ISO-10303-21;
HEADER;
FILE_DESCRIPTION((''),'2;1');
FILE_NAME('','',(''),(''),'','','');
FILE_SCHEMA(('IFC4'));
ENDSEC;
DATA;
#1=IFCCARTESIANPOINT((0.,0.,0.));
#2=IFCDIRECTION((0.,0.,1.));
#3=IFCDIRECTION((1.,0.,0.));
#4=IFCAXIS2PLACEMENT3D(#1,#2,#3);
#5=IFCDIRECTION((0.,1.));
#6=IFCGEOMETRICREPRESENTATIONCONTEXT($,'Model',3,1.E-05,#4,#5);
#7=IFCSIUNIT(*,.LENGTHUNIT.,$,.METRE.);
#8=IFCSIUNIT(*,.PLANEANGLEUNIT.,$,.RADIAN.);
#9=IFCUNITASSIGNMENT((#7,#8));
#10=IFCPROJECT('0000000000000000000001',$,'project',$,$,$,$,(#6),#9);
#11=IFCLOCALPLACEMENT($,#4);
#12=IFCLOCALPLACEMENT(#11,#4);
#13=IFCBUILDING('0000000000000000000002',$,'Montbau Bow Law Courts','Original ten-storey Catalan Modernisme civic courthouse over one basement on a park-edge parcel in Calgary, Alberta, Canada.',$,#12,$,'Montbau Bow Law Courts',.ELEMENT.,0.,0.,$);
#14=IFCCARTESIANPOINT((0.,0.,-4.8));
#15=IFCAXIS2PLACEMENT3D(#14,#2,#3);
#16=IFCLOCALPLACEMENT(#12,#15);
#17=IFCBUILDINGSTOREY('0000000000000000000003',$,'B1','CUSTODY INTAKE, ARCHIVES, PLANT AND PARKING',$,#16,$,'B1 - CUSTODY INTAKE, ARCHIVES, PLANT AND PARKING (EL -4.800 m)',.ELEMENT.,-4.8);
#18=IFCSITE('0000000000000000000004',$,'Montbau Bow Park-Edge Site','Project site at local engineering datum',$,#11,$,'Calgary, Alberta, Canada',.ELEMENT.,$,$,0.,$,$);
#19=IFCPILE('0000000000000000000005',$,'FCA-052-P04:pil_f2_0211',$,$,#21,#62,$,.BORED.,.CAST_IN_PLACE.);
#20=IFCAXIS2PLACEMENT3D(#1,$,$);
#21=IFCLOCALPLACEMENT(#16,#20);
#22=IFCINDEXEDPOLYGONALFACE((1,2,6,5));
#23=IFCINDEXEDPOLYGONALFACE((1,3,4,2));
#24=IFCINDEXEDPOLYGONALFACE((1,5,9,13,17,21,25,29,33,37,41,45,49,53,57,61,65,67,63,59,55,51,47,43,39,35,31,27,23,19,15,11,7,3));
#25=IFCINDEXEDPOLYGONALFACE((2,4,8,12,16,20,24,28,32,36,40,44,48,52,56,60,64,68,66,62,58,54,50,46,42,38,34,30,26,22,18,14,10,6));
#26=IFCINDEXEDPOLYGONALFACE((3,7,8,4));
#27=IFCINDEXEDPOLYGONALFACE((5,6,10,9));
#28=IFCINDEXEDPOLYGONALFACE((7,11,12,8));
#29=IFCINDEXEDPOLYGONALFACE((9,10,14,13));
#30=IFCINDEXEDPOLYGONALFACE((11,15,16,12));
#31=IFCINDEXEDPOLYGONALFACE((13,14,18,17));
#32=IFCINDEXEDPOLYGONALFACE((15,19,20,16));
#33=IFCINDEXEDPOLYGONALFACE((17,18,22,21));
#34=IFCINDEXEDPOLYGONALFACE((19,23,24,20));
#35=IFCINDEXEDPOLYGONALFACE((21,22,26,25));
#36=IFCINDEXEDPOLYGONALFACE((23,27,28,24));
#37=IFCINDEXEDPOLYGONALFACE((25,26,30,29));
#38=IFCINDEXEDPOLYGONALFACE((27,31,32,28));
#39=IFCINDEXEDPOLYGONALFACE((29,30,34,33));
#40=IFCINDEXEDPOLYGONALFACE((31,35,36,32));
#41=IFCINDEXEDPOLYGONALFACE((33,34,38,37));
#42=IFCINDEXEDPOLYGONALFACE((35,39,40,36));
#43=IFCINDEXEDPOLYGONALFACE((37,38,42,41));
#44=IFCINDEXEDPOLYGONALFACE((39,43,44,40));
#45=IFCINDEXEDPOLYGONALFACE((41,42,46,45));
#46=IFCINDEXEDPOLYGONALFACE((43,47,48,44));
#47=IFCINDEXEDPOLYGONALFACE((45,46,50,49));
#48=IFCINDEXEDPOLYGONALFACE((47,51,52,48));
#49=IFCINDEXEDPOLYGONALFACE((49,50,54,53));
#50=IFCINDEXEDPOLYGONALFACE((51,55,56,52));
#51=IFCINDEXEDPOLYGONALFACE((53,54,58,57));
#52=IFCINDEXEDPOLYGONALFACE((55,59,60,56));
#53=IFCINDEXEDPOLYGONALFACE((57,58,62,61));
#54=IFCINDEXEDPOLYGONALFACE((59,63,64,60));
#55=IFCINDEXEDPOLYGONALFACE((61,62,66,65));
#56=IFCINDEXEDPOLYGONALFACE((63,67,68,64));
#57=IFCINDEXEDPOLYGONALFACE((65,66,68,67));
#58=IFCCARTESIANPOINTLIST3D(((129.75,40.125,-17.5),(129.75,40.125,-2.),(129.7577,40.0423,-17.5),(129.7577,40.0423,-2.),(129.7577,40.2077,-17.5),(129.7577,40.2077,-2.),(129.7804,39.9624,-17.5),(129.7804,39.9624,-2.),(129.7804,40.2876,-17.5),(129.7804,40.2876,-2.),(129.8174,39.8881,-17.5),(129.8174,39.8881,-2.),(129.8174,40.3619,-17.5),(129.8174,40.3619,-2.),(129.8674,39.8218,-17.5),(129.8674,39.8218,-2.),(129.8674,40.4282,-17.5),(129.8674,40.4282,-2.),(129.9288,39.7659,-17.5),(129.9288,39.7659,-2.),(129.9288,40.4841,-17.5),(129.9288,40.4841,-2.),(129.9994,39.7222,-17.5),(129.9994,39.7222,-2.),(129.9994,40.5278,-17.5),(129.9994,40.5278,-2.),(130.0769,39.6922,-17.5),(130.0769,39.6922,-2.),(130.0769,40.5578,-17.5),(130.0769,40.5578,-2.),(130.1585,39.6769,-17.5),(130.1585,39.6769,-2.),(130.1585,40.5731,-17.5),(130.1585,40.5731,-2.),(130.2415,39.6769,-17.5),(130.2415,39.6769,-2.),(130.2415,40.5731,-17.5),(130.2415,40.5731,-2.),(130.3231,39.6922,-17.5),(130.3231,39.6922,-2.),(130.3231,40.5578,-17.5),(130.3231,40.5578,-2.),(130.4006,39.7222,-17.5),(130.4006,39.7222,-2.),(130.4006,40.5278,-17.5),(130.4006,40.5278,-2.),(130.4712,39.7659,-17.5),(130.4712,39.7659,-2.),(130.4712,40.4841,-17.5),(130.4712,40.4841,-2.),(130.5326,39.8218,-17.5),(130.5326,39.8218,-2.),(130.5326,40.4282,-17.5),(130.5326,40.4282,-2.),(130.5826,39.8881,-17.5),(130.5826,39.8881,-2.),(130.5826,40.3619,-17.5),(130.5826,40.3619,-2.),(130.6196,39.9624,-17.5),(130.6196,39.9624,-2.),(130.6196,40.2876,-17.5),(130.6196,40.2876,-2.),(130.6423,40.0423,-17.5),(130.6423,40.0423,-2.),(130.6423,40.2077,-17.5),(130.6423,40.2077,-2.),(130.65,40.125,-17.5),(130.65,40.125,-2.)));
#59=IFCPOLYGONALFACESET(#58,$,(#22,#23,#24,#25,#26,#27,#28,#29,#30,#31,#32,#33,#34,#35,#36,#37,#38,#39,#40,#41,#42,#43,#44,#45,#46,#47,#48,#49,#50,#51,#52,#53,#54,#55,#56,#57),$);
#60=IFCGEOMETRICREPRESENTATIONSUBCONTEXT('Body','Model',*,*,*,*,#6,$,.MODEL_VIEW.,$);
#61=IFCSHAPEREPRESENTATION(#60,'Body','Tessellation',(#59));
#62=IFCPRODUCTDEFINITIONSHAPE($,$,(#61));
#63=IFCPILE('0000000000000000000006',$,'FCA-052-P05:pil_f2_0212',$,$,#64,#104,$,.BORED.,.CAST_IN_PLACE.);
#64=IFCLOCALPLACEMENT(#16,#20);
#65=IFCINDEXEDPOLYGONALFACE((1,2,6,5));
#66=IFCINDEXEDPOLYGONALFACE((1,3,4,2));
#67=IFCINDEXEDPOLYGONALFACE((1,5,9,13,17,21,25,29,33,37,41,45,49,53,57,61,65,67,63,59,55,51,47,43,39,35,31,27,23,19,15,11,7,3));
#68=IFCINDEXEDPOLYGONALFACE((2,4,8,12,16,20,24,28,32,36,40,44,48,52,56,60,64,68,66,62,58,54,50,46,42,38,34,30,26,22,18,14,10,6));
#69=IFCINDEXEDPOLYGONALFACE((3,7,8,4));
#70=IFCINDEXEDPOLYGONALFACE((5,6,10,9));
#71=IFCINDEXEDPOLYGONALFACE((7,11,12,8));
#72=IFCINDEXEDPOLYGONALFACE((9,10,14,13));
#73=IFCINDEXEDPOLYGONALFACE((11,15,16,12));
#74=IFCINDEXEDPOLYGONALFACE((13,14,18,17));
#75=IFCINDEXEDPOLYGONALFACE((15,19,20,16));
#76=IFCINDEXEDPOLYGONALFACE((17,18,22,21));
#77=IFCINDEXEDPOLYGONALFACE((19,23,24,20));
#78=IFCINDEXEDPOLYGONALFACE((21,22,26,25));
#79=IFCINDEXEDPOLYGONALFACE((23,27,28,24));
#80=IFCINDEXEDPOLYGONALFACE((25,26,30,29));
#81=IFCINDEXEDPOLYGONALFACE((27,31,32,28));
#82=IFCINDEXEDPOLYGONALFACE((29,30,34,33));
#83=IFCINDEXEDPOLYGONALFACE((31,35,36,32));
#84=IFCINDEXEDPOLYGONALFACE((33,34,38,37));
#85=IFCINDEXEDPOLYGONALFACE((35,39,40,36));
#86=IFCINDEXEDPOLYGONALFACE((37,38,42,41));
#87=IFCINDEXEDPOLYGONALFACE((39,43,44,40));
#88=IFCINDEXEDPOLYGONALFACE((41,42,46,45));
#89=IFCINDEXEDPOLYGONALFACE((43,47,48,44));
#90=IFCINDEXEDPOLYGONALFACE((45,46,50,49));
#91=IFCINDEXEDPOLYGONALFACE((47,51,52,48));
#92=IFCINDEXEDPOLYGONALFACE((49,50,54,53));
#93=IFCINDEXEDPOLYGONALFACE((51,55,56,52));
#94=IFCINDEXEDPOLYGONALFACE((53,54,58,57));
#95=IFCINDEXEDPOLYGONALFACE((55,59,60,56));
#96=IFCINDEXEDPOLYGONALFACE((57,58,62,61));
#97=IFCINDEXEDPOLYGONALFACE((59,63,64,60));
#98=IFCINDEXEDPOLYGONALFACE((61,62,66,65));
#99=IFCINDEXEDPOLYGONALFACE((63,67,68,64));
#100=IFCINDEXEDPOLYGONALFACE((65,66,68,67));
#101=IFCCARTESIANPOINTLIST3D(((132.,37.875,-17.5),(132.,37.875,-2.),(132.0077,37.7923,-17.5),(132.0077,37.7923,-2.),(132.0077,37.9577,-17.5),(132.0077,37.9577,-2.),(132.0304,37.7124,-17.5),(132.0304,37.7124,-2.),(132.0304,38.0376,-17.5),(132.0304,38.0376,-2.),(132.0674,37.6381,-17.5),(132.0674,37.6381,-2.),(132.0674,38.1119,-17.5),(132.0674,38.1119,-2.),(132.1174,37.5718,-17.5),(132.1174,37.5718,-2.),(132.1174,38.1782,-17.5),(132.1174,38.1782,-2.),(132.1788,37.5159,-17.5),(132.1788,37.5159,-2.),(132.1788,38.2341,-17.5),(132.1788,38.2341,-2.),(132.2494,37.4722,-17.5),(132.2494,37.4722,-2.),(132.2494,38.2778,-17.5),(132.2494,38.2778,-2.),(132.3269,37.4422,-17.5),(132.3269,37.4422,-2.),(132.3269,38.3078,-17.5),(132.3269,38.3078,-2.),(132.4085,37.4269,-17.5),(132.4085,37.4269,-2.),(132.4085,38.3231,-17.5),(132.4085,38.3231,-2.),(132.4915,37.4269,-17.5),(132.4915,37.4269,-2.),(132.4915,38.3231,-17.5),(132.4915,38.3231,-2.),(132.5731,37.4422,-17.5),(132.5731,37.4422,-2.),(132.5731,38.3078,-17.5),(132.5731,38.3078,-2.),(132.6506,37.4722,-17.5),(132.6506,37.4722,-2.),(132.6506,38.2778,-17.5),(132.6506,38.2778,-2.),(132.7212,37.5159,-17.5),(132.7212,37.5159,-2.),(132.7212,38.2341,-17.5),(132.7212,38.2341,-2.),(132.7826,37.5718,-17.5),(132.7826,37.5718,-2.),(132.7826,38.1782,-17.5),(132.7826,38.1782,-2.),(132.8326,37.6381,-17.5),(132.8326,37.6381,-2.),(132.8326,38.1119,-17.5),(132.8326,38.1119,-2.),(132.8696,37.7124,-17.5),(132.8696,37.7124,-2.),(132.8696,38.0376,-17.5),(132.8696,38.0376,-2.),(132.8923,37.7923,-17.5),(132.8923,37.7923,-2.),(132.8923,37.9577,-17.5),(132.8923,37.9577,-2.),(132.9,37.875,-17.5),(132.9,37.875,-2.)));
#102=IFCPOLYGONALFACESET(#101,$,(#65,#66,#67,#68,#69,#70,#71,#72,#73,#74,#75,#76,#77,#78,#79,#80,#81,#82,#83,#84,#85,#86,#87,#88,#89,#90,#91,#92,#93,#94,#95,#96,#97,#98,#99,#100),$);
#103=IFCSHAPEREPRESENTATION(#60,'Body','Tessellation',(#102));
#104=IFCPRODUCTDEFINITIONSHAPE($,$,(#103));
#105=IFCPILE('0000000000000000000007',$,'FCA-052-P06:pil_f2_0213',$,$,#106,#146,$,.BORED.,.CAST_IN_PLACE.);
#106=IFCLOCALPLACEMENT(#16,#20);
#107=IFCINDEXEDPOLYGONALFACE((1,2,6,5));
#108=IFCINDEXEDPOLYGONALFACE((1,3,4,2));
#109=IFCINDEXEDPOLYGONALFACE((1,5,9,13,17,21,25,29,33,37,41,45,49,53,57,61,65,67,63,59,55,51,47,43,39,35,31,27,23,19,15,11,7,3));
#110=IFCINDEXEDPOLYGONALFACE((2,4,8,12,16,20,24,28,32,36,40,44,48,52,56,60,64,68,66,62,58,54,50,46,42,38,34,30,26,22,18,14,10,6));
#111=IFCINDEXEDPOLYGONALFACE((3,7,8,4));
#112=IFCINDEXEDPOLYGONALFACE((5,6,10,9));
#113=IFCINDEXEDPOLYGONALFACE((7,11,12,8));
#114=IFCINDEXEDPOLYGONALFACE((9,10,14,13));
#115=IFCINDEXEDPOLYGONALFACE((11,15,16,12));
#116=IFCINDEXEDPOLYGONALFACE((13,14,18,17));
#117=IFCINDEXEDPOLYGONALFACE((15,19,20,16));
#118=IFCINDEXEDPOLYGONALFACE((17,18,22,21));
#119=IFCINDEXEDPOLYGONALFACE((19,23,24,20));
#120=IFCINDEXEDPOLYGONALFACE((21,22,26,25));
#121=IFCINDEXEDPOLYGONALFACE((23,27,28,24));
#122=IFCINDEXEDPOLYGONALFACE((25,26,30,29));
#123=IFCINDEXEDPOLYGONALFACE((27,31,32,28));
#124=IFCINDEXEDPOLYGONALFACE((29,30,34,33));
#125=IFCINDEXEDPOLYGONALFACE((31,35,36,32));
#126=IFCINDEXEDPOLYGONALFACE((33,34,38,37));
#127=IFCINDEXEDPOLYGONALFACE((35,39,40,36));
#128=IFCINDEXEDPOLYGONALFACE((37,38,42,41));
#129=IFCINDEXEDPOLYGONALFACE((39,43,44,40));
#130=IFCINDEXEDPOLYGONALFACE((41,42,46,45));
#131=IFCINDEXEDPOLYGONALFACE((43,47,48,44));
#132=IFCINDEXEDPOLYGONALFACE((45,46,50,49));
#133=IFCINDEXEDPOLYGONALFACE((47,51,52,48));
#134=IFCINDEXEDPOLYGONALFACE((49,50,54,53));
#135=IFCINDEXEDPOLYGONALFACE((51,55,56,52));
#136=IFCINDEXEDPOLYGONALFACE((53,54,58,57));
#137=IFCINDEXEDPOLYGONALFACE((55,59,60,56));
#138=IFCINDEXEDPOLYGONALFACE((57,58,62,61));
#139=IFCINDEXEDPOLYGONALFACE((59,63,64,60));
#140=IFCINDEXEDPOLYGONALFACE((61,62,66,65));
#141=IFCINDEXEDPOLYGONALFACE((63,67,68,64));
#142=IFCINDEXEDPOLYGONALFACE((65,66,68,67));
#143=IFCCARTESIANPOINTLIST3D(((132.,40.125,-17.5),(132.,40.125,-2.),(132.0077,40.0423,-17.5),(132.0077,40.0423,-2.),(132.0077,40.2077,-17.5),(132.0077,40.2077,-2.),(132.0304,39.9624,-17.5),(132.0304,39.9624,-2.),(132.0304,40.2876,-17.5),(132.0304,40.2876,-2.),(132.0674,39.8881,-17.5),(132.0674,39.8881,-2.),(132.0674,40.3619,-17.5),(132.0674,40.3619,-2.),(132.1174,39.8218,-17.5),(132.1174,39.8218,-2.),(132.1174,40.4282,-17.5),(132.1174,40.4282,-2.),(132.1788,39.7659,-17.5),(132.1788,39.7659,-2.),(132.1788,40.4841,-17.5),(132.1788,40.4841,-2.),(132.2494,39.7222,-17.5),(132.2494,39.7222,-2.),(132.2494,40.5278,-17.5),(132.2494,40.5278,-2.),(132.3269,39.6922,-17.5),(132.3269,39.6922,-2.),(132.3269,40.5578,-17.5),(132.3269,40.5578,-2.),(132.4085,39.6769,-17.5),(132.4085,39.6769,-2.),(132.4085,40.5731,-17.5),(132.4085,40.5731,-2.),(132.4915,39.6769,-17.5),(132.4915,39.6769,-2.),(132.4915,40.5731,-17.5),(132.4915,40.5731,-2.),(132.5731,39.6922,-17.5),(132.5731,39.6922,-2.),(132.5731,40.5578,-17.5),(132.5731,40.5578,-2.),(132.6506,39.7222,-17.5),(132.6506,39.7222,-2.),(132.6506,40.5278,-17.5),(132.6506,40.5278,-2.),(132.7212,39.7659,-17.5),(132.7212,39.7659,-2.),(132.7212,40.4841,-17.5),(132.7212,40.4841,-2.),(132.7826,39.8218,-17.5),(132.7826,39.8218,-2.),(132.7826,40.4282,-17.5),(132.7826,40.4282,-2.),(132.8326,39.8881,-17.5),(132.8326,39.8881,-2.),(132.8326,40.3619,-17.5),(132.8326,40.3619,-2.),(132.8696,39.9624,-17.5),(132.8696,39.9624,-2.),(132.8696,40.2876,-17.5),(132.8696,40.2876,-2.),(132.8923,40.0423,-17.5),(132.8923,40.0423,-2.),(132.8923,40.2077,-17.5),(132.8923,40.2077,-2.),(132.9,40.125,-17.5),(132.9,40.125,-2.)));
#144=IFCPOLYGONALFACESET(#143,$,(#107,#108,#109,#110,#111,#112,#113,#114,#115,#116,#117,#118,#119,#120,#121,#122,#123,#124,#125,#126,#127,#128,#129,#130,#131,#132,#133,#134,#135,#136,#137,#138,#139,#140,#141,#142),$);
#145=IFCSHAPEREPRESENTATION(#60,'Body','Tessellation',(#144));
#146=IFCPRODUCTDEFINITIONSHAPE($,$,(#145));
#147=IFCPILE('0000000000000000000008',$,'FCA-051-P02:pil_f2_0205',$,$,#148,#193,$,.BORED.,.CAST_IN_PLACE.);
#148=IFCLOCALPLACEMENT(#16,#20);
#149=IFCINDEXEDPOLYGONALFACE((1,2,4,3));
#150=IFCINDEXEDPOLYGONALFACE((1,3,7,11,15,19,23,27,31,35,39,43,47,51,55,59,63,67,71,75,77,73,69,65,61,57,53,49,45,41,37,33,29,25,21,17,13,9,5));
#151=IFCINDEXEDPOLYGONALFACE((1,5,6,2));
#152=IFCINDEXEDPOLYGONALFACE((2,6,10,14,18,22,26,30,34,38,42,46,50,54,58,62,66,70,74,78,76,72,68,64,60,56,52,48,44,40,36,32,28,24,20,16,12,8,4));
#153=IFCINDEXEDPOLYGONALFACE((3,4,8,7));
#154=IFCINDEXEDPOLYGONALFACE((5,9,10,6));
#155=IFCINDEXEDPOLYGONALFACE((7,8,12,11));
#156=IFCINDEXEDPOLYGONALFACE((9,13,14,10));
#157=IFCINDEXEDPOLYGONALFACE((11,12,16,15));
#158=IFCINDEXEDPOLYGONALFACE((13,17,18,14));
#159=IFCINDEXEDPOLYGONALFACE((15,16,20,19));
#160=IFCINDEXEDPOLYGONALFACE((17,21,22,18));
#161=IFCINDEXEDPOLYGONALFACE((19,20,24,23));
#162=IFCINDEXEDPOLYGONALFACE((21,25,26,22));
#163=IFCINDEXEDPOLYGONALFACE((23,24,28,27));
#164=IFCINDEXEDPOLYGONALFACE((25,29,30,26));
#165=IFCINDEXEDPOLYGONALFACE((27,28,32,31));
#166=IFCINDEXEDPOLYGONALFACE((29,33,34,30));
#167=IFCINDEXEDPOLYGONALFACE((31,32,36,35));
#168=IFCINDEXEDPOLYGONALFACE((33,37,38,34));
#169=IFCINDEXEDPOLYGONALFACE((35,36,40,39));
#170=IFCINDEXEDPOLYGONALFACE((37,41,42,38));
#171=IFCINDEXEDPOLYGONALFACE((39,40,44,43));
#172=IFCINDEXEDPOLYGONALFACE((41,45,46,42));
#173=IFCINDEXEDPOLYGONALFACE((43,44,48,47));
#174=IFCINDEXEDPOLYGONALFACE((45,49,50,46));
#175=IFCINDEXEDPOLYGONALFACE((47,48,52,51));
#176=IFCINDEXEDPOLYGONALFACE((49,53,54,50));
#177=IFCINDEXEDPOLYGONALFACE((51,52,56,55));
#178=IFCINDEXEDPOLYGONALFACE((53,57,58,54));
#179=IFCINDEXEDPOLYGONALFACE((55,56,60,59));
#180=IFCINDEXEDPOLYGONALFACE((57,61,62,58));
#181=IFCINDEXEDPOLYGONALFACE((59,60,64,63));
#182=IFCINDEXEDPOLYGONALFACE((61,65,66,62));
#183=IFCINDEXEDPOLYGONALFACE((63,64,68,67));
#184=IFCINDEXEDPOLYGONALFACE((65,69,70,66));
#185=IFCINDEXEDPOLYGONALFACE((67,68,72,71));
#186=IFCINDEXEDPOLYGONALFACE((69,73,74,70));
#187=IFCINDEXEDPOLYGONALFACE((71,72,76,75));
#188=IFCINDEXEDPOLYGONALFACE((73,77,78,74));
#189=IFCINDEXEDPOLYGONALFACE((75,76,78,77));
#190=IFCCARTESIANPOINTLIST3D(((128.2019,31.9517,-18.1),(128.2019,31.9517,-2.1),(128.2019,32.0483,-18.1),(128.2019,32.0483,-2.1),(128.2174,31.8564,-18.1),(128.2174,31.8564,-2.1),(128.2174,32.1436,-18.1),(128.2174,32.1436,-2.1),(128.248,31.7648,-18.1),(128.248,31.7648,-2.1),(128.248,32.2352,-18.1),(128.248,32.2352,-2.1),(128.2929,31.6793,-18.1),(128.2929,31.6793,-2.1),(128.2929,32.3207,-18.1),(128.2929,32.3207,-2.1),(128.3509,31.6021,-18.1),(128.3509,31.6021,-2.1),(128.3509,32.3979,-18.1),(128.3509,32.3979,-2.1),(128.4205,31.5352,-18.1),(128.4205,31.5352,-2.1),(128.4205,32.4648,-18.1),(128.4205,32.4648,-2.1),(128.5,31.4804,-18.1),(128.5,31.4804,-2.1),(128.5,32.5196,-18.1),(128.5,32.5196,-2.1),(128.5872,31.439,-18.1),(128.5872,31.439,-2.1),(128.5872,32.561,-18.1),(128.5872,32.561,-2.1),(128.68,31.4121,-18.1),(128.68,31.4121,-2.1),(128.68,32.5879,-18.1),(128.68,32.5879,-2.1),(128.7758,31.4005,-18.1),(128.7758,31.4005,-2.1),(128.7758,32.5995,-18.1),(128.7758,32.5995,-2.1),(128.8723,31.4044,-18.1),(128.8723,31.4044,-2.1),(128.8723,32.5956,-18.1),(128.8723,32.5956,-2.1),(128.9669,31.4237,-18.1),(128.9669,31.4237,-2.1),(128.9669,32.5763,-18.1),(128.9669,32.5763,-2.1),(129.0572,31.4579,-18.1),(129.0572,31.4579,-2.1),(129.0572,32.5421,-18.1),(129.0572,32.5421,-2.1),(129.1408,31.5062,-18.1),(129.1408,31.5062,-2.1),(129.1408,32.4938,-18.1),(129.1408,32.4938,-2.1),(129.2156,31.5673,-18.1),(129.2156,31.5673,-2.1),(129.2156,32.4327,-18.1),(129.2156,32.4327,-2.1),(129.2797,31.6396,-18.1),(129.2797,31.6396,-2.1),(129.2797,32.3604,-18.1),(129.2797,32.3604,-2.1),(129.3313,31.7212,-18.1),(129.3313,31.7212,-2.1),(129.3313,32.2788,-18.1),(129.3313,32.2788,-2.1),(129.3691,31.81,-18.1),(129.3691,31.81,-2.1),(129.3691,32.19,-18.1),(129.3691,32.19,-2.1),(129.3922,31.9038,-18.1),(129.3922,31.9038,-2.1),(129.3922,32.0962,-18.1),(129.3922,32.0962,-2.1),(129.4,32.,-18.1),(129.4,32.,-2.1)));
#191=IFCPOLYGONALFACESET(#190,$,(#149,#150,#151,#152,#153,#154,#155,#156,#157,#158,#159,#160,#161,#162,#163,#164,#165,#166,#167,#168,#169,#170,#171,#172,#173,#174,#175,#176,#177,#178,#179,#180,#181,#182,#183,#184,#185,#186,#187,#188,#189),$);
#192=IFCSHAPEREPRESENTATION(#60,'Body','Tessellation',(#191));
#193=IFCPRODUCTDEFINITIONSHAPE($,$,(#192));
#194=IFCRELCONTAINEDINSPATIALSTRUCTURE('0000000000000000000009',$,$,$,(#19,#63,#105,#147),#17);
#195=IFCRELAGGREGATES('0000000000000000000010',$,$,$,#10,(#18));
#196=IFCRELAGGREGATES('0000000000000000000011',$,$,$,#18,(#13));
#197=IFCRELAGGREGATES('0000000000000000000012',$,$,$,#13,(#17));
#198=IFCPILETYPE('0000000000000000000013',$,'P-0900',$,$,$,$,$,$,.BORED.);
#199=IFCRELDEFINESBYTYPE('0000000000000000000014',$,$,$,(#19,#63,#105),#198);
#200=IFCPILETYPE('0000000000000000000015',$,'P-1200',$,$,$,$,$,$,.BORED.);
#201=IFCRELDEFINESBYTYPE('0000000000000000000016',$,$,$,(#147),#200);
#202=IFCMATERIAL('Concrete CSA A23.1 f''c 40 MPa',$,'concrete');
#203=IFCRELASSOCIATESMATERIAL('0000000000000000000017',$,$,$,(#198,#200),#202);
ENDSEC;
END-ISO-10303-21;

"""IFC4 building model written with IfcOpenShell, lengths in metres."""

from ifc_helpers import new_model, si_unit, direction, frame, origin_with_axes, origin_2d_with_axis, place, context, subcontext, project, spatial, circle, extrude, material, material_profile, profile_set, type_object, element, save


model = new_model("IFC4")

# Units and contexts
model_context = context("Model", 3, precision=1e-05, world=origin_with_axes(), true_north=direction((0.0, 1.0)))
body_context = subcontext(model_context, "Body", "Model", "MODEL_VIEW")
ifc_project = project(units=[si_unit("LENGTHUNIT", "METRE"), si_unit("PLANEANGLEUNIT", "RADIAN")], contexts=[model_context])

# Site, building, storey
site_placement = place(None, origin_with_axes())
site = spatial("IfcSite", under=ifc_project, at=site_placement, Name="Montbau Bow Park-Edge Site", Description="Project site at local engineering datum", LongName="Calgary, Alberta, Canada", CompositionType="ELEMENT", RefElevation=0.0)
building_placement = place(site_placement, origin_with_axes())
building = spatial("IfcBuilding", under=site, at=building_placement, Name="Montbau Bow Law Courts", Description="Original ten-storey Catalan Modernisme civic courthouse over one basement on a park-edge parcel in Calgary, Alberta, Canada.", LongName="Montbau Bow Law Courts", CompositionType="ELEMENT", ElevationOfRefHeight=0.0, ElevationOfTerrain=0.0)
storey_placement = place(building_placement, frame((0.0, 0.0, -4.8), z_axis=(0.0, 0.0, 1.0), x_axis=(1.0, 0.0, 0.0)))
storey = spatial("IfcBuildingStorey", under=building, at=storey_placement, Name="B1", Description="CUSTODY INTAKE, ARCHIVES, PLANT AND PARKING", LongName="B1 - CUSTODY INTAKE, ARCHIVES, PLANT AND PARKING (EL -4.800 m)", CompositionType="ELEMENT", Elevation=-4.8)

# Piles
ifc_material_1 = material(Name="Concrete CSA A23.1 f'c 40 MPa", Category="concrete")
ifc_material_profile_1 = material_profile(ifc_material_1, circle(Radius=0.45, at=origin_2d_with_axis()), Name="BP900", Category="Main", Priority=0)
ifc_profile_set_1 = profile_set([ifc_material_profile_1], Name="Concrete CSA A23.1 f'c 40 MPa")
pile_type_1 = type_object("IfcPileType", Name="P-0900", PredefinedType="BORED", material=ifc_profile_set_1)
for number, where, z_axis, x_axis, name in (
    (1, (130.2, 40.125, -22.3), (0.0, 0.0, 1.0), (1.0, 0.0, 0.0), "FCA-052-P04:pil_f2_0211"),
    (2, (132.45, 37.875, -22.3), (0.0, 0.0, 1.0), (1.0, 0.0, 0.0), "FCA-052-P05:pil_f2_0212"),
    (3, (132.45, 40.125, -22.3), (0.0, 0.0, 1.0), (1.0, 0.0, 0.0), "FCA-052-P06:pil_f2_0213"),
):
    element("IfcPile", number, at=place(None, frame(where, z_axis=z_axis, x_axis=x_axis)), inside=storey, type_object=pile_type_1, Name=name, ConstructionType="CAST_IN_PLACE", PredefinedType="BORED", context=body_context, shape_type="SweptSolid", body=[
        extrude(circle(Radius=0.45, at=origin_2d_with_axis()), origin_with_axes(), (0.0, 0.0, 1.0), 15.5),
    ])
ifc_material_profile_2 = material_profile(ifc_material_1, circle(Radius=0.6, at=origin_2d_with_axis()), Name="BP1200", Category="Main", Priority=0)
ifc_profile_set_2 = profile_set([ifc_material_profile_2], Name="Concrete CSA A23.1 f'c 40 MPa")
pile_type_2 = type_object("IfcPileType", Name="P-1200", PredefinedType="BORED", material=ifc_profile_set_2)
for number, where, z_axis, x_axis, name in (
    (4, (128.8, 32.0, -22.9), (0.0, 0.0, 1.0), (1.0, 0.0, 0.0), "FCA-051-P02:pil_f2_0205"),
):
    element("IfcPile", number, at=place(None, frame(where, z_axis=z_axis, x_axis=x_axis)), inside=storey, type_object=pile_type_2, Name=name, ConstructionType="CAST_IN_PLACE", PredefinedType="BORED", context=body_context, shape_type="SweptSolid", body=[
        extrude(circle(Radius=0.6, at=origin_2d_with_axis()), origin_with_axes(), (0.0, 0.0, 1.0), 16.0),
    ])

save(model, "model.ifc")
